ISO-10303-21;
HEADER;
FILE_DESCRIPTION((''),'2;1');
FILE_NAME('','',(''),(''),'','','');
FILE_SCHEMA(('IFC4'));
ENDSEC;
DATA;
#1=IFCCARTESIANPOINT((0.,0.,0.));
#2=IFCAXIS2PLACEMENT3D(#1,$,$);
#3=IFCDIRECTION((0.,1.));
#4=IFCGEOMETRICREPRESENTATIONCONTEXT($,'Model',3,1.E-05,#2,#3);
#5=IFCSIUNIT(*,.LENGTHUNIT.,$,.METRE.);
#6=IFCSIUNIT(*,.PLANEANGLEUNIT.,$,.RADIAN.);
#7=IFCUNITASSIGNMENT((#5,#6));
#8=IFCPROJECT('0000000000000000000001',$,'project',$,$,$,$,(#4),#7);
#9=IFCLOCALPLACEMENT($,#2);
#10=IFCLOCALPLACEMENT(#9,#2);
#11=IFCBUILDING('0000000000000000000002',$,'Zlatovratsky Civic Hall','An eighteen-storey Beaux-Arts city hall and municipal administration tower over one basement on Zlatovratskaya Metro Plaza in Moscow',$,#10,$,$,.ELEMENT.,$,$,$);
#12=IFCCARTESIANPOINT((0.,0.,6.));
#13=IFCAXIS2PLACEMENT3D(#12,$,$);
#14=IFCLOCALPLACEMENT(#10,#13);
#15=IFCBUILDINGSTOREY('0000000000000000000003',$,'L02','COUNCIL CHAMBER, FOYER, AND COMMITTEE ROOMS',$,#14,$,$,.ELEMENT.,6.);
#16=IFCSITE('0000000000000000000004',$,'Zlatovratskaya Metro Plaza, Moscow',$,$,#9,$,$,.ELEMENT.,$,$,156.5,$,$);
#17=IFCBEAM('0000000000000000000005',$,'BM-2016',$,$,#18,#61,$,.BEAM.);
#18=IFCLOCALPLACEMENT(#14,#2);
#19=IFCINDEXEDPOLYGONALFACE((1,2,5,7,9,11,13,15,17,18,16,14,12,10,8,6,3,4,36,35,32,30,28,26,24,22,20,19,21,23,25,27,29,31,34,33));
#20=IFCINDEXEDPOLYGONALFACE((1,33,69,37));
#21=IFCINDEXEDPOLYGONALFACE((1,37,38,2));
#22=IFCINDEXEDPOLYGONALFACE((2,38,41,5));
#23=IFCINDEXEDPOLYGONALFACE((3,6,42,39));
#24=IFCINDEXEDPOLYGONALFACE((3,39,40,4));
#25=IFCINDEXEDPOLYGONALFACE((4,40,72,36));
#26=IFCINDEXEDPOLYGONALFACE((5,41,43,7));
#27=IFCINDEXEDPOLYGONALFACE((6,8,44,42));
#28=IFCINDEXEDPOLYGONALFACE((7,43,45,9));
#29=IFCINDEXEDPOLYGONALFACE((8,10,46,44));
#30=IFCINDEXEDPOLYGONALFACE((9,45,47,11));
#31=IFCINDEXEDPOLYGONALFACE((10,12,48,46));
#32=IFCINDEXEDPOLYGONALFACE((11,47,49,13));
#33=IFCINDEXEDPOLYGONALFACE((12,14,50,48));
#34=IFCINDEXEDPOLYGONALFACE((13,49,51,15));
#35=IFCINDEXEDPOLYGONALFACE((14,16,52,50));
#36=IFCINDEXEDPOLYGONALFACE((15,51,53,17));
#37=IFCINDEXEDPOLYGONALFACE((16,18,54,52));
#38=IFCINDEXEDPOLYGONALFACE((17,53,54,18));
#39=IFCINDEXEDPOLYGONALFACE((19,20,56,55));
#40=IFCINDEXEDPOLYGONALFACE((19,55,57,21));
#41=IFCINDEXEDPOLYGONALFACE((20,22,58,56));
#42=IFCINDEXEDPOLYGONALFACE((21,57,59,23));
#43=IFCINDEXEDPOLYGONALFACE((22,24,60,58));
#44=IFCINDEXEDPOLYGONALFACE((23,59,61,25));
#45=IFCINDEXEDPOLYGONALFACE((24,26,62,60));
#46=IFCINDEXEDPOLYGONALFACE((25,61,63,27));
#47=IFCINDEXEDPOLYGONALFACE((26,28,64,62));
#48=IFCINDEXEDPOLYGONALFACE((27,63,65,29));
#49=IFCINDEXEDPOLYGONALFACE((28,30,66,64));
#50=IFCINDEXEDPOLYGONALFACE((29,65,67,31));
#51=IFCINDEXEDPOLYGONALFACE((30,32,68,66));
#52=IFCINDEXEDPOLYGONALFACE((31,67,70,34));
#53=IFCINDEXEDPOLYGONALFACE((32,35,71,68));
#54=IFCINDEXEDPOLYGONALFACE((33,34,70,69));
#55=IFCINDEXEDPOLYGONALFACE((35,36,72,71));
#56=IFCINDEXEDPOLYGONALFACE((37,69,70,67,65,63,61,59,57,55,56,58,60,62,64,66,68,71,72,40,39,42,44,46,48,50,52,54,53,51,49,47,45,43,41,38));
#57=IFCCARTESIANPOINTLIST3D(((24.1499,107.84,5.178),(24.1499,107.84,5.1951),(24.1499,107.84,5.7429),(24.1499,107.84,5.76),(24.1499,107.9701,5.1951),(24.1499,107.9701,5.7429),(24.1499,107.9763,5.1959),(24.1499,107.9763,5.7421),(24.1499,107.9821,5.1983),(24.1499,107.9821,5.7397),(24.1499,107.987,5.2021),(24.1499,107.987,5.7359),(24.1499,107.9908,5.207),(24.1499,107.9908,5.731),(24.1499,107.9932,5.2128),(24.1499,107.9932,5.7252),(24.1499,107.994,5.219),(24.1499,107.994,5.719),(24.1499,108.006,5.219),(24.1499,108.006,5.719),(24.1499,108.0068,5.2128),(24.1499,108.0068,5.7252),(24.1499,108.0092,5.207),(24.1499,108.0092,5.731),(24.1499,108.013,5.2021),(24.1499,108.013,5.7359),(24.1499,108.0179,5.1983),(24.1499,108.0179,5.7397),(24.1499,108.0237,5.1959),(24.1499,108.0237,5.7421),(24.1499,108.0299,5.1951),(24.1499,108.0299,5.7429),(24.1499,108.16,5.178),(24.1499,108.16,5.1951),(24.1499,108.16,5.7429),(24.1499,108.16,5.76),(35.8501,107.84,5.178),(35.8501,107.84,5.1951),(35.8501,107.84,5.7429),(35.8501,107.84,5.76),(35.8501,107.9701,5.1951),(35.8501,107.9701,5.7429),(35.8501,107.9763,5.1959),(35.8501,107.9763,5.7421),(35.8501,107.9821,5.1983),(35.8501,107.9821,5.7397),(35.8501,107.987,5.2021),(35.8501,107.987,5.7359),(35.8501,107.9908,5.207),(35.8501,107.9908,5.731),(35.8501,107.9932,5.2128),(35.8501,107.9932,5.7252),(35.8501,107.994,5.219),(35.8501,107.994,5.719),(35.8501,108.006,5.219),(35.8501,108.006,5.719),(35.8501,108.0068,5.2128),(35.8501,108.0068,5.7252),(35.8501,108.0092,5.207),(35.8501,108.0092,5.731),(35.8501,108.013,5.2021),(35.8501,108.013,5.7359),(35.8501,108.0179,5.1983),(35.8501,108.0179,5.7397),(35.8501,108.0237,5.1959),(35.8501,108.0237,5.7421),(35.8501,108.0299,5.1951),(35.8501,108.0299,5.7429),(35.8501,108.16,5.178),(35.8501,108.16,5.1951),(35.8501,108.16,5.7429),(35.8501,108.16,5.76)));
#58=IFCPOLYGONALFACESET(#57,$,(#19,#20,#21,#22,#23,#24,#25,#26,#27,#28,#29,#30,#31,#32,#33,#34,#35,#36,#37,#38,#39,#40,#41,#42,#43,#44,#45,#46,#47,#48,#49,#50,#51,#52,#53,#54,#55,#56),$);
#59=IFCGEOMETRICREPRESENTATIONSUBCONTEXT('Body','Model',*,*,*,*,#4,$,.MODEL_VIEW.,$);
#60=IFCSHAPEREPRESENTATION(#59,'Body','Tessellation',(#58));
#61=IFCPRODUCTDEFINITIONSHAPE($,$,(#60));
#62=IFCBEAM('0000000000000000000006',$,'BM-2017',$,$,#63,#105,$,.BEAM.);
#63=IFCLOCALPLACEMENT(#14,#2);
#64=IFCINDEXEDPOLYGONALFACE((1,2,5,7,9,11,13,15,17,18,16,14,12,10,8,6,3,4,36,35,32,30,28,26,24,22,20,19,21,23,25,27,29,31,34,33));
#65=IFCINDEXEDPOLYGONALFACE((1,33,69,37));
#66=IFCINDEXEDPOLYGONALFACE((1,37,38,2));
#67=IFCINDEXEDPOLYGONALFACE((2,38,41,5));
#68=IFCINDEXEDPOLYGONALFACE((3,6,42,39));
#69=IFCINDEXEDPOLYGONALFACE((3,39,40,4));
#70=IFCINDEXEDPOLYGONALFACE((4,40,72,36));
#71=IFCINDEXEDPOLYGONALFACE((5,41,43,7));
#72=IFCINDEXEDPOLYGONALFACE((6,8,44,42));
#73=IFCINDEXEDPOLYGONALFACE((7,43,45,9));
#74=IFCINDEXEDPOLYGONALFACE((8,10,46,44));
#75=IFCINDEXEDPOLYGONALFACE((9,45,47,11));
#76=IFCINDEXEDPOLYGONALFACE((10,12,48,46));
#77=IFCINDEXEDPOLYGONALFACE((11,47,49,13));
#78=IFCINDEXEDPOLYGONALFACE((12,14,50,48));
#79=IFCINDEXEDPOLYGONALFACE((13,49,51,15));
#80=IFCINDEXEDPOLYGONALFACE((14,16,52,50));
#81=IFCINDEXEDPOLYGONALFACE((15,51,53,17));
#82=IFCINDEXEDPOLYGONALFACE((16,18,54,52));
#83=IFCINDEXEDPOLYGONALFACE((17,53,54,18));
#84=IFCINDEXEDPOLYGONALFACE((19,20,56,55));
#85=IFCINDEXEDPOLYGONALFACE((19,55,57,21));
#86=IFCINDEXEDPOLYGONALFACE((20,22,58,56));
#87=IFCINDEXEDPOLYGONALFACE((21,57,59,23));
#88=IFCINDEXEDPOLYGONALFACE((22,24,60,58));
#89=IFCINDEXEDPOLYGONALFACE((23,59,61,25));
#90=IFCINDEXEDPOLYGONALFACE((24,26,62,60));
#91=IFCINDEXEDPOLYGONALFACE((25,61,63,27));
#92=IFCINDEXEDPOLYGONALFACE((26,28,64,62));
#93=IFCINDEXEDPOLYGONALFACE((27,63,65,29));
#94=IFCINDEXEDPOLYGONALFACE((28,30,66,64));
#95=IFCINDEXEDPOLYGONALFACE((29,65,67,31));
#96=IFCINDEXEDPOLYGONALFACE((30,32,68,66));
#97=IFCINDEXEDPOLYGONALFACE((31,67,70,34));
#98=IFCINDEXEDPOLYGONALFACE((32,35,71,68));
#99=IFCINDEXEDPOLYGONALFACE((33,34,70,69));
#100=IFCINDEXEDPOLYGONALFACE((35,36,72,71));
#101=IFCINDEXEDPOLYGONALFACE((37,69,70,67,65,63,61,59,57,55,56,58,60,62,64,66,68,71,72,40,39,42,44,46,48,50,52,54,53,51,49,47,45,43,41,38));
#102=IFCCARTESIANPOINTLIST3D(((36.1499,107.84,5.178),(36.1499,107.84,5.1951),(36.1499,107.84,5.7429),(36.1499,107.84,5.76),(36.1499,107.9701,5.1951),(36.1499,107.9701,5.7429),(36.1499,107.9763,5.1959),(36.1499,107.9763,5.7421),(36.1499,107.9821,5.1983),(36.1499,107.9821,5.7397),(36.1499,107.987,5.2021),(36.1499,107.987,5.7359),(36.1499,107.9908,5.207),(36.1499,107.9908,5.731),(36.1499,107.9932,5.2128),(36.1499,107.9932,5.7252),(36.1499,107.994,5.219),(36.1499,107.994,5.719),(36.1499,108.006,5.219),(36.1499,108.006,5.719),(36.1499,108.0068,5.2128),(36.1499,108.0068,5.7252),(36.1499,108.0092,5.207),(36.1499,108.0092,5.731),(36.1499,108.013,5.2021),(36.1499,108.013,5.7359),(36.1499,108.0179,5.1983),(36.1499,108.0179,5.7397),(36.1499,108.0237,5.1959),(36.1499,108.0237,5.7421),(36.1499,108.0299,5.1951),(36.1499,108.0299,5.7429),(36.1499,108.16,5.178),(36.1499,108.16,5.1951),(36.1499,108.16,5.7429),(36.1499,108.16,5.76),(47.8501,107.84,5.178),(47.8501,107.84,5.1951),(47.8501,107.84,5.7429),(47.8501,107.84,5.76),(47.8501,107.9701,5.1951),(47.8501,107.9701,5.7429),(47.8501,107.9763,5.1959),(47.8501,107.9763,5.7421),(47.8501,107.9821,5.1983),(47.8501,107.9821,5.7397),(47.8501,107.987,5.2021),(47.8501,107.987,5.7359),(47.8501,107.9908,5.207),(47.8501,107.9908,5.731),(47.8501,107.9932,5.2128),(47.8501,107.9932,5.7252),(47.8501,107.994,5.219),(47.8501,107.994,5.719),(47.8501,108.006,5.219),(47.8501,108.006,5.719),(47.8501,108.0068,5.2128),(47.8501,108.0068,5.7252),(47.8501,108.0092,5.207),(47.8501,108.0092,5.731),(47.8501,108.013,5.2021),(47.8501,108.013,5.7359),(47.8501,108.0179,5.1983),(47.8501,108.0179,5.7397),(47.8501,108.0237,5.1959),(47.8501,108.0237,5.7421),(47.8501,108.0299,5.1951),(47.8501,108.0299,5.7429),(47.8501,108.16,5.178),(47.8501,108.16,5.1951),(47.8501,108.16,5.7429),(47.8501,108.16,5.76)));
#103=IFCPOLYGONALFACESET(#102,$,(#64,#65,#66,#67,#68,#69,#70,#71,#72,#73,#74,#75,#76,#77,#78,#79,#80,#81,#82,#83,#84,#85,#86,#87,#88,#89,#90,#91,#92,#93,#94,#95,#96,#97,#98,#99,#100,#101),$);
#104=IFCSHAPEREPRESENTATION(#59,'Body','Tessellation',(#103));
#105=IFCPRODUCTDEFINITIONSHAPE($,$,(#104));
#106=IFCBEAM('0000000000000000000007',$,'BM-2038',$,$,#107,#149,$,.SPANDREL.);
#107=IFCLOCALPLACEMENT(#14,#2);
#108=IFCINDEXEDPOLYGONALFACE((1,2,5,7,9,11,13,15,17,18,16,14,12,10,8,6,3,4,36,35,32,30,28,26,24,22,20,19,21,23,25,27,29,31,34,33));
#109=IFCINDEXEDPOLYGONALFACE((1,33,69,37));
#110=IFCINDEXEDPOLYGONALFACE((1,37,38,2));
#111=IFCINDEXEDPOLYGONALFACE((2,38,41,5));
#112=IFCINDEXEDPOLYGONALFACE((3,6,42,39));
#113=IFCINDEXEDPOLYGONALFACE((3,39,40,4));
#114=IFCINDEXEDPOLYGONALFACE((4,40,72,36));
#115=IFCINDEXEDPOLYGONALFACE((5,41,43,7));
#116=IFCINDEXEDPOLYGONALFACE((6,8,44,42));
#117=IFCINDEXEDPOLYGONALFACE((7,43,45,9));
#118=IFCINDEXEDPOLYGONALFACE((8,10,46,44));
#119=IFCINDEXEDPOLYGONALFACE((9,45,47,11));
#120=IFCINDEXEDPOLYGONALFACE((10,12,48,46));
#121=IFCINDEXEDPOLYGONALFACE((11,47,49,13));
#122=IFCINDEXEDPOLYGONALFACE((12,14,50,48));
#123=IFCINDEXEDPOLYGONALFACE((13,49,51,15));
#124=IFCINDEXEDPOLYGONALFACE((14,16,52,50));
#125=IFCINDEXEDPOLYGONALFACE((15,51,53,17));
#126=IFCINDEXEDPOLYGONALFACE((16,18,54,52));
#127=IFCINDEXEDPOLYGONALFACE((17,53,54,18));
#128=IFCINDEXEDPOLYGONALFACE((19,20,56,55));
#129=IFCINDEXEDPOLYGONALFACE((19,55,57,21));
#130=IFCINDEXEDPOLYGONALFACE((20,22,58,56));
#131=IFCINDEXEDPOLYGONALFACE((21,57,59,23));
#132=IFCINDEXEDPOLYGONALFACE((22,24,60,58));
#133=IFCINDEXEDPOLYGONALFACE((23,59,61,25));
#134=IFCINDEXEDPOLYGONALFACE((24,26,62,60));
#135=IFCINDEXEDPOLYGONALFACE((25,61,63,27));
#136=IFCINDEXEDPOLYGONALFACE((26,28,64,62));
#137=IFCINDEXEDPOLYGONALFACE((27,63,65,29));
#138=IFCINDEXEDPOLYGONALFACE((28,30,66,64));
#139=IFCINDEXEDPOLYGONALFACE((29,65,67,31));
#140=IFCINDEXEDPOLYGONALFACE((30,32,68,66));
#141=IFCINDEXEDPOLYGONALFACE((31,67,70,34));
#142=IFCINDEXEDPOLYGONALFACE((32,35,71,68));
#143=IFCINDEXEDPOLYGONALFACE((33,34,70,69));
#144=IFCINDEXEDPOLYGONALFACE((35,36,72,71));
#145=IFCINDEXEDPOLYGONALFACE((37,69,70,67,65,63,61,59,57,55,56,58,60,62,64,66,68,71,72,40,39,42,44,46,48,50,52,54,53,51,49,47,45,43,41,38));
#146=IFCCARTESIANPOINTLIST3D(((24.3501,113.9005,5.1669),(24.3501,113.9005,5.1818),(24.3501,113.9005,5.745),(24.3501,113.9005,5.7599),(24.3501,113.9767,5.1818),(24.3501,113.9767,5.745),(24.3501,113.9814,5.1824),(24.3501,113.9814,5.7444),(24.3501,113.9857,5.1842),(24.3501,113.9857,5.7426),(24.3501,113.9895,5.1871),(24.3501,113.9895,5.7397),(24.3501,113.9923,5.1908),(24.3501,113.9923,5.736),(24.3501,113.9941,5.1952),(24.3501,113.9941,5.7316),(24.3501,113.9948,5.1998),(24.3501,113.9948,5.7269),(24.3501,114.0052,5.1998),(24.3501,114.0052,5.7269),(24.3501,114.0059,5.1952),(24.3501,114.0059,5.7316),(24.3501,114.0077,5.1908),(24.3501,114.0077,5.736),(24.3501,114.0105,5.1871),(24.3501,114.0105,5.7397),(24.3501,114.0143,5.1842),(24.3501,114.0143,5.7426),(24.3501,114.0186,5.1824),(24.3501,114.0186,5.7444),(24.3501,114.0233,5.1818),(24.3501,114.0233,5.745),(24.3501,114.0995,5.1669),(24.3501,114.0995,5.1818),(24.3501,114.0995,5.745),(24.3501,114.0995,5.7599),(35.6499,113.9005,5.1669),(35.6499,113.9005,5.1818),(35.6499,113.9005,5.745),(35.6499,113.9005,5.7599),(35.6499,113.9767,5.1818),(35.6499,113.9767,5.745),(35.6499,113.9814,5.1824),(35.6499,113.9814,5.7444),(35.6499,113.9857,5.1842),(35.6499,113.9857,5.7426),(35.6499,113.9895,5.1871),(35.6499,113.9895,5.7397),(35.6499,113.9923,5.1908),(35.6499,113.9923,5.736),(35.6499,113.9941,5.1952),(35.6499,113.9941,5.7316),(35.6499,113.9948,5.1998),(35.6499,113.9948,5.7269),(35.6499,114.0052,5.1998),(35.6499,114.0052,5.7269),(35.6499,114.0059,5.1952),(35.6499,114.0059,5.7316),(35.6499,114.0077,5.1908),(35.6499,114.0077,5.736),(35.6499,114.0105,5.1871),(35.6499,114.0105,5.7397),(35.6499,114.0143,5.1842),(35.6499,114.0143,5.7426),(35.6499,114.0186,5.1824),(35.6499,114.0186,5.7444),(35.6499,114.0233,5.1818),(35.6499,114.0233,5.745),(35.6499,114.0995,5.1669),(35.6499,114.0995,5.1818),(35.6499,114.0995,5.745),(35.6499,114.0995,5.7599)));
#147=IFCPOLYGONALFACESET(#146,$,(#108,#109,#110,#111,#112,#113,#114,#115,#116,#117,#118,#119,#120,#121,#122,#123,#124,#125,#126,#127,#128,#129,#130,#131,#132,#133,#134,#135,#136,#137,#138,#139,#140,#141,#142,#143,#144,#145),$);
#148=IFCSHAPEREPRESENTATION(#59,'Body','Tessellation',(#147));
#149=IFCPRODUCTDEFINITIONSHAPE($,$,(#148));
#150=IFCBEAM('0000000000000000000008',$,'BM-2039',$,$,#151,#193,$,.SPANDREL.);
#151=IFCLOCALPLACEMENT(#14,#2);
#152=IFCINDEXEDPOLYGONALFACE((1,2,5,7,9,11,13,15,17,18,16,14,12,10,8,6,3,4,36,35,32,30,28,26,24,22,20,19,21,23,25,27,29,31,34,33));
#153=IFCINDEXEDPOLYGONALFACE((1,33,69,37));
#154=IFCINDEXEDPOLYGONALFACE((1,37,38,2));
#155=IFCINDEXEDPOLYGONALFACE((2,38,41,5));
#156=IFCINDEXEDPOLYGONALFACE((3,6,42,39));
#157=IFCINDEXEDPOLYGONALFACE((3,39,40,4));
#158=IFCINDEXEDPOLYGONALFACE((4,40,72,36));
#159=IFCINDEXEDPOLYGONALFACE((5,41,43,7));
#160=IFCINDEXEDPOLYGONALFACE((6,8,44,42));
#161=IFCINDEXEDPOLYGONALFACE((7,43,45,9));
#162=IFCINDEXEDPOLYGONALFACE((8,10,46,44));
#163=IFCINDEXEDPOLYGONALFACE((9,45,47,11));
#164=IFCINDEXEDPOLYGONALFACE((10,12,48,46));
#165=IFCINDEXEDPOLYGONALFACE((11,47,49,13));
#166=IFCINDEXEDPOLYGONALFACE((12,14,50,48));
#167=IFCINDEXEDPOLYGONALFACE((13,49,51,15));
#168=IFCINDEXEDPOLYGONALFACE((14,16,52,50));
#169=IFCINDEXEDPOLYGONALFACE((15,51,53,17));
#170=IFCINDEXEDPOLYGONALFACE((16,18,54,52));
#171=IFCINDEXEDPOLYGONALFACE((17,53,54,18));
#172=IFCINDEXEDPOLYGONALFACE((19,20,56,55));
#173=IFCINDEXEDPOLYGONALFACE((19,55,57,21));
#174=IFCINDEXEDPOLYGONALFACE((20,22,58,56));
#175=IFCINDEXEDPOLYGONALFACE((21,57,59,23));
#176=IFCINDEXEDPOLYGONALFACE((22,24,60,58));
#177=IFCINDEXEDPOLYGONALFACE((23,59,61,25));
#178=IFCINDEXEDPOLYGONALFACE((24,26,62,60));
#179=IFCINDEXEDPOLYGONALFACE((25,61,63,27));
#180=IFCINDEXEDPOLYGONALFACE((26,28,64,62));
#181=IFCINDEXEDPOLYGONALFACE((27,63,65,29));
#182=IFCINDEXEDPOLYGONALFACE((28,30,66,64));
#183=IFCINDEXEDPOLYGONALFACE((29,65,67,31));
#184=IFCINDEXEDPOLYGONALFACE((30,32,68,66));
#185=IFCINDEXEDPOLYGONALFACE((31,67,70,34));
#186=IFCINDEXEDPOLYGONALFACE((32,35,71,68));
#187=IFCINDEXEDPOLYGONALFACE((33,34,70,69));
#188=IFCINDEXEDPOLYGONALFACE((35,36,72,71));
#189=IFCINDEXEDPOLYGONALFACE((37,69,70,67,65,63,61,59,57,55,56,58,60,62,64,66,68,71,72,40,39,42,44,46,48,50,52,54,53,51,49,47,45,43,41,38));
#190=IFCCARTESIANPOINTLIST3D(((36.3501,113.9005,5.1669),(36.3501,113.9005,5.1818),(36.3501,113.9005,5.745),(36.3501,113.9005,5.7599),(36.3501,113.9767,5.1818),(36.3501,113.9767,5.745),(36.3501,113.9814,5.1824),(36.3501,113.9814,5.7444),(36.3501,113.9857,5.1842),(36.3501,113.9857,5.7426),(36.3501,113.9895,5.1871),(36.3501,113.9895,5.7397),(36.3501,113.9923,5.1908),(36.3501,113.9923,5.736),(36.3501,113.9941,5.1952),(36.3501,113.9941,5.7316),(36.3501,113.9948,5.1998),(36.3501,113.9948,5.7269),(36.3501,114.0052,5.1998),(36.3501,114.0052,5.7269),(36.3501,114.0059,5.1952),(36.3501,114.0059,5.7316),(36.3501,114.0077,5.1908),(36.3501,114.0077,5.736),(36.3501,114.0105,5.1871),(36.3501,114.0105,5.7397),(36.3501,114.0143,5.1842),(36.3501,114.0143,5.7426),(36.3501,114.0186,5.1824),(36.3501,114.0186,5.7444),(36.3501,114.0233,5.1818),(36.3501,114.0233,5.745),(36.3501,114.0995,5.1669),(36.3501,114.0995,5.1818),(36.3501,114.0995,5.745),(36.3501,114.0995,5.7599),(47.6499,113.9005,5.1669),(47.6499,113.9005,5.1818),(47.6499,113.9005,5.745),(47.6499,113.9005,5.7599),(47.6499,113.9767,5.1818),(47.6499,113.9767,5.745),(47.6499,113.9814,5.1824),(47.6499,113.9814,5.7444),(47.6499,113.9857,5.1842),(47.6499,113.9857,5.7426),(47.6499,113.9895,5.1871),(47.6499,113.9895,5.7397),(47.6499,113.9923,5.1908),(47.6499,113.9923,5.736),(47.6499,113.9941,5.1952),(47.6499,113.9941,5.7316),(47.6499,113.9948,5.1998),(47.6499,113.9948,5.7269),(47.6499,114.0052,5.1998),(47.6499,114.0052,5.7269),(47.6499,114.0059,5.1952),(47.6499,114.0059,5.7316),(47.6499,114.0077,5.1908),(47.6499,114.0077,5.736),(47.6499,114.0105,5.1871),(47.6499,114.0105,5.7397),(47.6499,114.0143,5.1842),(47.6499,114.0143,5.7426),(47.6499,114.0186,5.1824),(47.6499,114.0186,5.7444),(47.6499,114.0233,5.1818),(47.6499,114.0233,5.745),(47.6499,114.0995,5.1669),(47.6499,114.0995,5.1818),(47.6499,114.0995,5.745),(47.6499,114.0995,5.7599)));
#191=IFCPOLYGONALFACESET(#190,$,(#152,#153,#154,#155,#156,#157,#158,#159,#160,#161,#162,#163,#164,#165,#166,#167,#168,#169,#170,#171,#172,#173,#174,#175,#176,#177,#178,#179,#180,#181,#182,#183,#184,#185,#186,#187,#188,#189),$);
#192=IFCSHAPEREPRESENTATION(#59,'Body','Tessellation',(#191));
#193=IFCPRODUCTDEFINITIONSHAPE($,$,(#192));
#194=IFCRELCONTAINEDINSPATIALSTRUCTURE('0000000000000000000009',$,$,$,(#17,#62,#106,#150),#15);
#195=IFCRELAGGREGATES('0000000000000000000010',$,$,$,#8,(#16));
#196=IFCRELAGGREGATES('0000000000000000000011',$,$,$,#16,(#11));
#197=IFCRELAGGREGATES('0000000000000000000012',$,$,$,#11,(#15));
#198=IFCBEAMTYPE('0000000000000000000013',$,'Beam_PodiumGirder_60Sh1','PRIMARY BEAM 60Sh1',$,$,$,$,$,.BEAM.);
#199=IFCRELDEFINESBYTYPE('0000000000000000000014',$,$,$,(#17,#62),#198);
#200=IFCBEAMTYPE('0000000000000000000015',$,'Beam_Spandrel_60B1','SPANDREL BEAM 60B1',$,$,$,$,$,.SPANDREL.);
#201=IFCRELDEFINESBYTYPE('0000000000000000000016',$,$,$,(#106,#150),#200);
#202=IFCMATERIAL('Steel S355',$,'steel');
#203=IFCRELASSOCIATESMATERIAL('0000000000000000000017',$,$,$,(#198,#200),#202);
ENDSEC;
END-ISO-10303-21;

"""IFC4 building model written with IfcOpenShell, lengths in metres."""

from ifc_helpers import new_model, si_unit, direction, frame, origin, origin_2d, place, context, subcontext, project, spatial, i_section, extrude, material, material_profile, profile_set, type_object, element, save


model = new_model("IFC4")

# Units and contexts
model_context = context("Model", 3, precision=1e-05, world=origin(), true_north=direction((0.0, 1.0)))
body_context = subcontext(model_context, "Body", "Model", "MODEL_VIEW")
ifc_project = project(units=[si_unit("LENGTHUNIT", "METRE"), si_unit("PLANEANGLEUNIT", "RADIAN")], contexts=[model_context])

# Site, building, storey
site_placement = place(None, origin())
site = spatial("IfcSite", under=ifc_project, at=site_placement, Name="Zlatovratskaya Metro Plaza, Moscow", CompositionType="ELEMENT", RefElevation=156.5)
building_placement = place(site_placement, origin())
building = spatial("IfcBuilding", under=site, at=building_placement, Name="Zlatovratsky Civic Hall", Description="An eighteen-storey Beaux-Arts city hall and municipal administration tower over one basement on Zlatovratskaya Metro Plaza in Moscow", CompositionType="ELEMENT")
storey_placement = place(building_placement, frame((0.0, 0.0, 6.0)))
storey = spatial("IfcBuildingStorey", under=building, at=storey_placement, Name="L02", Description="COUNCIL CHAMBER, FOYER, AND COMMITTEE ROOMS", CompositionType="ELEMENT", Elevation=6.0)

# Shared definitions
ifc_material_1 = material(Name="Steel S355", Category="steel")

# Beams
ifc_material_profile_1 = material_profile(ifc_material_1, i_section(OverallWidth=0.3201, OverallDepth=0.582, WebThickness=0.012, FlangeThickness=0.0171, FilletRadius=0.0239, at=origin_2d()), Name="60Sh1")
ifc_profile_set_1 = profile_set([ifc_material_profile_1], Name="Steel S355")
beam_type_1 = type_object("IfcBeamType", Name="Beam_PodiumGirder_60Sh1", Description="PRIMARY BEAM 60Sh1", PredefinedType="BEAM", material=ifc_profile_set_1)
for number, where, z_axis, x_axis, name in (
    (1, (24.1499, 108.0, 5.469), (1.0, 0.0, 0.0), (0.0, 1.0, 0.0), "BM-2016"),
    (2, (36.1499, 108.0, 5.469), (1.0, 0.0, 0.0), (0.0, 1.0, 0.0), "BM-2017"),
):
    element("IfcBeam", number, at=place(storey_placement, frame(where, z_axis=z_axis, x_axis=x_axis)), inside=storey, type_object=beam_type_1, Name=name, PredefinedType="BEAM", context=body_context, shape_type="SweptSolid", body=[
        extrude(i_section(OverallWidth=0.3201, OverallDepth=0.582, WebThickness=0.012, FlangeThickness=0.0171, FilletRadius=0.0239, at=origin_2d()), origin(), (0.0, 0.0, 1.0), 11.7002),
    ])
ifc_material_profile_2 = material_profile(ifc_material_1, i_section(OverallWidth=0.199, OverallDepth=0.593, WebThickness=0.0105, FlangeThickness=0.0149, FilletRadius=0.0181, at=origin_2d()), Name="60B1")
ifc_profile_set_2 = profile_set([ifc_material_profile_2], Name="Steel S355")
beam_type_2 = type_object("IfcBeamType", Name="Beam_Spandrel_60B1", Description="SPANDREL BEAM 60B1", PredefinedType="SPANDREL", material=ifc_profile_set_2)
for number, where, z_axis, x_axis, name in (
    (3, (24.3501, 114.0, 5.4634), (1.0, 0.0, 0.0), (0.0, 1.0, 0.0), "BM-2038"),
    (4, (36.3501, 114.0, 5.4634), (1.0, 0.0, 0.0), (0.0, 1.0, 0.0), "BM-2039"),
):
    element("IfcBeam", number, at=place(storey_placement, frame(where, z_axis=z_axis, x_axis=x_axis)), inside=storey, type_object=beam_type_2, Name=name, PredefinedType="SPANDREL", context=body_context, shape_type="SweptSolid", body=[
        extrude(i_section(OverallWidth=0.199, OverallDepth=0.593, WebThickness=0.0105, FlangeThickness=0.0149, FilletRadius=0.0181, at=origin_2d()), origin(), (0.0, 0.0, 1.0), 11.2998),
    ])

save(model, "model.ifc")
